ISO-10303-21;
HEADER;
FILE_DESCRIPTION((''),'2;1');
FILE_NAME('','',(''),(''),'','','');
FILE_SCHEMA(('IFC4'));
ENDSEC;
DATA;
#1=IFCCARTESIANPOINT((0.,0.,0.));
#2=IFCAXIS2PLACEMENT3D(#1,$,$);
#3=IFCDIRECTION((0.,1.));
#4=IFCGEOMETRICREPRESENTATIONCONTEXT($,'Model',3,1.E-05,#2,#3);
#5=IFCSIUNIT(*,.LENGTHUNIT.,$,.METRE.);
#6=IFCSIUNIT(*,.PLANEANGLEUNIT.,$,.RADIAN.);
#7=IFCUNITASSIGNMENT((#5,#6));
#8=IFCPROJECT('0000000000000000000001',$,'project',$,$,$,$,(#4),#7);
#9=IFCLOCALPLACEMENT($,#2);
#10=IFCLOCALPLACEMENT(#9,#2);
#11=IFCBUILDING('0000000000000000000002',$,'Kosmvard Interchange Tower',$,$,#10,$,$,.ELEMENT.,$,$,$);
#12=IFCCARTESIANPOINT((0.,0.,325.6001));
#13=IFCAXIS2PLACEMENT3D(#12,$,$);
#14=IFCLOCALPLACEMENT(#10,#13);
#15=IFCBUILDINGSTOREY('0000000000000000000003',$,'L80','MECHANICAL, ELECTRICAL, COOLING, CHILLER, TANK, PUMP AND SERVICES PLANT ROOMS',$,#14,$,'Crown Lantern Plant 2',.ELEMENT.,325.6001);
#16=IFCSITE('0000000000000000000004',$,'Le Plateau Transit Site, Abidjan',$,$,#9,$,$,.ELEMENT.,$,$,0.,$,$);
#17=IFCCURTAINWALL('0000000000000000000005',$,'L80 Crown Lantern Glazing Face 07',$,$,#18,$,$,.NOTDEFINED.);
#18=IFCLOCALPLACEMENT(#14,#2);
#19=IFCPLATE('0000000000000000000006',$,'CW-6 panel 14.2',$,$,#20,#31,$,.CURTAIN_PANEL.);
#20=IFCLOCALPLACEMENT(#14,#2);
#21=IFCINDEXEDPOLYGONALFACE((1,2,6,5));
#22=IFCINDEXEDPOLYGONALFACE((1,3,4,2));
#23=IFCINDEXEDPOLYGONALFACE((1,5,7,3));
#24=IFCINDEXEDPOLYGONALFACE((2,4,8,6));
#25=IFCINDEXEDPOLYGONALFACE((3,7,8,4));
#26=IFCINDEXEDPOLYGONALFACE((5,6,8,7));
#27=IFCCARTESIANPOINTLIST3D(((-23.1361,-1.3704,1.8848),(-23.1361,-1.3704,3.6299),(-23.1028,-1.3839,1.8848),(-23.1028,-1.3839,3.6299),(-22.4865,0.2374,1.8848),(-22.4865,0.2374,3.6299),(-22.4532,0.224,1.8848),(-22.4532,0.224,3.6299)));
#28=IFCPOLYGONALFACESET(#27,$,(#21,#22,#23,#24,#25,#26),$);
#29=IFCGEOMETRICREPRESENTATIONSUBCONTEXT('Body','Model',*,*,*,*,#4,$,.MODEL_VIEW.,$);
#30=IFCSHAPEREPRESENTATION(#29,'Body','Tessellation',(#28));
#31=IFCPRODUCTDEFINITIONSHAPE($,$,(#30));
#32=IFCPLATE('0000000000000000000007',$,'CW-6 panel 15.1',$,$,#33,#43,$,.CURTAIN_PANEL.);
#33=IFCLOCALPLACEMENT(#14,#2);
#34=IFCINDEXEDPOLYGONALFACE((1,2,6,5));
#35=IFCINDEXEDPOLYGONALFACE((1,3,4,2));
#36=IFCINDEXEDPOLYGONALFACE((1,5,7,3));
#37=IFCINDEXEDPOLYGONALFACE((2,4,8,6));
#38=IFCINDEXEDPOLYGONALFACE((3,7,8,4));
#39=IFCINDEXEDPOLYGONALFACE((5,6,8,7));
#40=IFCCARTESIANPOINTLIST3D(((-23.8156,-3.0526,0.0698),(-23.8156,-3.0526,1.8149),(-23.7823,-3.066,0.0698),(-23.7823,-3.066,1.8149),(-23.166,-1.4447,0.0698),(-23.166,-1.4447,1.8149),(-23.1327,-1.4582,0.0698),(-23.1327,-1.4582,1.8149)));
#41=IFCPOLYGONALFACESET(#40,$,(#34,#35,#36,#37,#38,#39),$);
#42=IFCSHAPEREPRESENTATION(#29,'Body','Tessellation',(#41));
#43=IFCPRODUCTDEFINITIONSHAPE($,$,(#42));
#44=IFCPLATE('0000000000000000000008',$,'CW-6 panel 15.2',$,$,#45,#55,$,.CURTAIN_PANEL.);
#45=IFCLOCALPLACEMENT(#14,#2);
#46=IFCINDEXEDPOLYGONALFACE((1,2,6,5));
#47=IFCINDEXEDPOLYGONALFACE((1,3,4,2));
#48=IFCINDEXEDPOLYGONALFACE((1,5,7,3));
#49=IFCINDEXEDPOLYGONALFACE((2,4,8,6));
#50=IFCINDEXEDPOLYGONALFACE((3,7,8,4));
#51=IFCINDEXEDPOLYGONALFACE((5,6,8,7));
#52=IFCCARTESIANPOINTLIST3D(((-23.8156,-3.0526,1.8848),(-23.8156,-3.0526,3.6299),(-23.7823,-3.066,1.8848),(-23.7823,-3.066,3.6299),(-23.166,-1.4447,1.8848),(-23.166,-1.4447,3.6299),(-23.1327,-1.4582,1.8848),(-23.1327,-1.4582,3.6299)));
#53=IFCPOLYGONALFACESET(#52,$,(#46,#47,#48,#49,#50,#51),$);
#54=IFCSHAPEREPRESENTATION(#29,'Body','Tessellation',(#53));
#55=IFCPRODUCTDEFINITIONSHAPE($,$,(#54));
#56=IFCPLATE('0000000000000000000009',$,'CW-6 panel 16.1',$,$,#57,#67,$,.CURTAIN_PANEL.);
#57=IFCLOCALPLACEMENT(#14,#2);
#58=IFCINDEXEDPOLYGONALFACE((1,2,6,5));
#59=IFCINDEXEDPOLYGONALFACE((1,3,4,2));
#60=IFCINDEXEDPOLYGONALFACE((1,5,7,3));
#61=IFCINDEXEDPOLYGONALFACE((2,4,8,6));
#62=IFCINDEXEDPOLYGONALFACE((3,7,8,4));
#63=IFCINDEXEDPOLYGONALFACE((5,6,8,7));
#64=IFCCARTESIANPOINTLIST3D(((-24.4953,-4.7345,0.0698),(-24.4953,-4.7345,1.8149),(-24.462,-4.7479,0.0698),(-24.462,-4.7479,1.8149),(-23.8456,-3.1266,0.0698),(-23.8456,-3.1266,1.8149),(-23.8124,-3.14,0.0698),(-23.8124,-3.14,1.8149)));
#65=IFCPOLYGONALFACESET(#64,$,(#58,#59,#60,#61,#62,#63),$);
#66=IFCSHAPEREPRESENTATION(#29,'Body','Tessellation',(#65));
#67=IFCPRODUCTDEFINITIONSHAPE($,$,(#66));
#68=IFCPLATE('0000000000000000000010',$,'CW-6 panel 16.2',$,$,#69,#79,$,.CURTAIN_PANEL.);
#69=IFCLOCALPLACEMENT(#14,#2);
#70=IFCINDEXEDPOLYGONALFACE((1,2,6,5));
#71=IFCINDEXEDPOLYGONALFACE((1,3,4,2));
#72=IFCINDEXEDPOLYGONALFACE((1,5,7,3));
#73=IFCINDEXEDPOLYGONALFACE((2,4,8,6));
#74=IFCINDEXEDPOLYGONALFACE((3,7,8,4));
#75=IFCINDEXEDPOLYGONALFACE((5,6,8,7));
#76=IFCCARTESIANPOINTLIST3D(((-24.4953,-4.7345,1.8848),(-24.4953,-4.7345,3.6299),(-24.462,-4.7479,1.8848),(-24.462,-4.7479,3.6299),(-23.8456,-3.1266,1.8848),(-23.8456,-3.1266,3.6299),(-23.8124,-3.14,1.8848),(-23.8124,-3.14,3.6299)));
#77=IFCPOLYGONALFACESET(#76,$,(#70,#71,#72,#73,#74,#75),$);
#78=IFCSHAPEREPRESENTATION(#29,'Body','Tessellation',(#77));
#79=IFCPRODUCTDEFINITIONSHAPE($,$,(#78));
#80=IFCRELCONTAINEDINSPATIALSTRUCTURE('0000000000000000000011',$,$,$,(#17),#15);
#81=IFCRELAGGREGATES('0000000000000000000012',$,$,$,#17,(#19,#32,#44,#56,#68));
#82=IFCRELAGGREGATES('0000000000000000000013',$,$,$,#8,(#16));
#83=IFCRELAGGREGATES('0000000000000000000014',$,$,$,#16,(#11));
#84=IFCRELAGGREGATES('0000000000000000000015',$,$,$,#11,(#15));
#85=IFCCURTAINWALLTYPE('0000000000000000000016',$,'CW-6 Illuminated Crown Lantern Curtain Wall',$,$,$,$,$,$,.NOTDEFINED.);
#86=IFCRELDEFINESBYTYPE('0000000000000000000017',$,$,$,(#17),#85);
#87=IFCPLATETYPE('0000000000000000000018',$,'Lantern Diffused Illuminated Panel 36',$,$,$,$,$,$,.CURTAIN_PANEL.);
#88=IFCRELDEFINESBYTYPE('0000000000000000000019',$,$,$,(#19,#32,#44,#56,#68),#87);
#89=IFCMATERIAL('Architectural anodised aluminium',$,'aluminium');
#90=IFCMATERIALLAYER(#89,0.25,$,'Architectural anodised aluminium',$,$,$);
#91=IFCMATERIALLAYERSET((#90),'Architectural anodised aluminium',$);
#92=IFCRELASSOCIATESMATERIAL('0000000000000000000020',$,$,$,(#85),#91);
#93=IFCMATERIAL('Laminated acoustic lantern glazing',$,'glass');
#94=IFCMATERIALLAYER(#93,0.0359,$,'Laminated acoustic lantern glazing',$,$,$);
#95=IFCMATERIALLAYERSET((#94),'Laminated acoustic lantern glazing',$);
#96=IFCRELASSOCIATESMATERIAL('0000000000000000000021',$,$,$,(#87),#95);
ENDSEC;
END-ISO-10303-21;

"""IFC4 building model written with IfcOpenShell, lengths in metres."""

from ifc_helpers import new_model, si_unit, direction, frame, origin, origin_2d, place, context, subcontext, project, spatial, rectangle, extrude, source, transform, mapped, material, layer, layer_set, type_object, element, aggregate, save


model = new_model("IFC4")

# Units and contexts
model_context = context("Model", 3, precision=1e-05, world=origin(), true_north=direction((0.0, 1.0)))
body_context = subcontext(model_context, "Body", "Model", "MODEL_VIEW")
ifc_project = project(units=[si_unit("LENGTHUNIT", "METRE"), si_unit("PLANEANGLEUNIT", "RADIAN")], contexts=[model_context])

# Site, building, storey
site_placement = place(None, origin())
site = spatial("IfcSite", under=ifc_project, at=site_placement, Name="Le Plateau Transit Site, Abidjan", CompositionType="ELEMENT", RefElevation=0.0)
building_placement = place(site_placement, origin())
building = spatial("IfcBuilding", under=site, at=building_placement, Name="Kosmvard Interchange Tower", CompositionType="ELEMENT")
storey_placement = place(building_placement, frame((0.0, 0.0, 325.6001)))
storey = spatial("IfcBuildingStorey", under=building, at=storey_placement, Name="L80", Description="MECHANICAL, ELECTRICAL, COOLING, CHILLER, TANK, PUMP AND SERVICES PLANT ROOMS", LongName="Crown Lantern Plant 2", CompositionType="ELEMENT", Elevation=325.6001)

# Curtain wall
ifc_material_1 = material(Name="Architectural anodised aluminium", Category="aluminium")
ifc_layer_1 = layer(ifc_material_1, 0.25, Name="Architectural anodised aluminium")
ifc_layer_set_1 = layer_set([ifc_layer_1], Name="Architectural anodised aluminium")
curtain_wall_type = type_object("IfcCurtainWallType", Name="CW-6 Illuminated Crown Lantern Curtain Wall", PredefinedType="NOTDEFINED", material=ifc_layer_set_1)
curtain_wall_placement = place(storey_placement, origin())
curtain_wall = element("IfcCurtainWall", 1, at=curtain_wall_placement, inside=storey, type_object=curtain_wall_type, Name="L80 Crown Lantern Glazing Face 07", PredefinedType="NOTDEFINED")

# Plates
ifc_material_2 = material(Name="Laminated acoustic lantern glazing", Category="glass")
ifc_layer_2 = layer(ifc_material_2, 0.0359, Name="Laminated acoustic lantern glazing")
ifc_layer_set_2 = layer_set([ifc_layer_2], Name="Laminated acoustic lantern glazing")
plate_type_1 = type_object("IfcPlateType", Name="Lantern Diffused Illuminated Panel 36", PredefinedType="CURTAIN_PANEL", material=ifc_layer_set_2)
shared_shape_1 = source(origin(), body_context, "Body", "SweptSolid", [
    extrude(rectangle(XDim=1.7341, YDim=0.0359, at=origin_2d()), origin(), (0.0, 0.0, 1.0), 1.7451),
])
plate_1_placement = place(storey_placement, frame((-22.7947, -0.5732, 1.8848), z_axis=(0.0, 0.0, 1.0), x_axis=(-0.374607, -0.927184, 0.0)))
plate_1 = element("IfcPlate", 2, at=plate_1_placement, type_object=plate_type_1, Name="CW-6 panel 14.2", PredefinedType="CURTAIN_PANEL", context=body_context, shape_type="MappedRepresentation", body=[
    mapped(shared_shape_1, transform((0.0, 0.0, 0.0), scale=1.0)),
])
plate_2_placement = place(storey_placement, frame((-23.4741, -2.2554, 0.0698), z_axis=(0.0, 0.0, 1.0), x_axis=(-0.374607, -0.927184, 0.0)))
plate_2 = element("IfcPlate", 3, at=plate_2_placement, type_object=plate_type_1, Name="CW-6 panel 15.1", PredefinedType="CURTAIN_PANEL", context=body_context, shape_type="MappedRepresentation", body=[
    mapped(shared_shape_1, transform((0.0, 0.0, 0.0), scale=1.0)),
])
plate_3_placement = place(storey_placement, frame((-23.4741, -2.2554, 1.8848), z_axis=(0.0, 0.0, 1.0), x_axis=(-0.374607, -0.927184, 0.0)))
plate_3 = element("IfcPlate", 4, at=plate_3_placement, type_object=plate_type_1, Name="CW-6 panel 15.2", PredefinedType="CURTAIN_PANEL", context=body_context, shape_type="MappedRepresentation", body=[
    mapped(shared_shape_1, transform((0.0, 0.0, 0.0), scale=1.0)),
])
plate_4_placement = place(storey_placement, frame((-24.1538, -3.9373, 0.0698), z_axis=(0.0, 0.0, 1.0), x_axis=(-0.374607, -0.927184, 0.0)))
plate_4 = element("IfcPlate", 5, at=plate_4_placement, type_object=plate_type_1, Name="CW-6 panel 16.1", PredefinedType="CURTAIN_PANEL", context=body_context, shape_type="MappedRepresentation", body=[
    mapped(shared_shape_1, transform((0.0, 0.0, 0.0), scale=1.0)),
])
plate_5_placement = place(storey_placement, frame((-24.1538, -3.9373, 1.8848), z_axis=(0.0, 0.0, 1.0), x_axis=(-0.374607, -0.927184, 0.0)))
plate_5 = element("IfcPlate", 6, at=plate_5_placement, type_object=plate_type_1, Name="CW-6 panel 16.2", PredefinedType="CURTAIN_PANEL", context=body_context, shape_type="MappedRepresentation", body=[
    mapped(shared_shape_1, transform((0.0, 0.0, 0.0), scale=1.0)),
])
aggregate(curtain_wall, [plate_1, plate_2, plate_3, plate_4, plate_5])

save(model, "model.ifc")
